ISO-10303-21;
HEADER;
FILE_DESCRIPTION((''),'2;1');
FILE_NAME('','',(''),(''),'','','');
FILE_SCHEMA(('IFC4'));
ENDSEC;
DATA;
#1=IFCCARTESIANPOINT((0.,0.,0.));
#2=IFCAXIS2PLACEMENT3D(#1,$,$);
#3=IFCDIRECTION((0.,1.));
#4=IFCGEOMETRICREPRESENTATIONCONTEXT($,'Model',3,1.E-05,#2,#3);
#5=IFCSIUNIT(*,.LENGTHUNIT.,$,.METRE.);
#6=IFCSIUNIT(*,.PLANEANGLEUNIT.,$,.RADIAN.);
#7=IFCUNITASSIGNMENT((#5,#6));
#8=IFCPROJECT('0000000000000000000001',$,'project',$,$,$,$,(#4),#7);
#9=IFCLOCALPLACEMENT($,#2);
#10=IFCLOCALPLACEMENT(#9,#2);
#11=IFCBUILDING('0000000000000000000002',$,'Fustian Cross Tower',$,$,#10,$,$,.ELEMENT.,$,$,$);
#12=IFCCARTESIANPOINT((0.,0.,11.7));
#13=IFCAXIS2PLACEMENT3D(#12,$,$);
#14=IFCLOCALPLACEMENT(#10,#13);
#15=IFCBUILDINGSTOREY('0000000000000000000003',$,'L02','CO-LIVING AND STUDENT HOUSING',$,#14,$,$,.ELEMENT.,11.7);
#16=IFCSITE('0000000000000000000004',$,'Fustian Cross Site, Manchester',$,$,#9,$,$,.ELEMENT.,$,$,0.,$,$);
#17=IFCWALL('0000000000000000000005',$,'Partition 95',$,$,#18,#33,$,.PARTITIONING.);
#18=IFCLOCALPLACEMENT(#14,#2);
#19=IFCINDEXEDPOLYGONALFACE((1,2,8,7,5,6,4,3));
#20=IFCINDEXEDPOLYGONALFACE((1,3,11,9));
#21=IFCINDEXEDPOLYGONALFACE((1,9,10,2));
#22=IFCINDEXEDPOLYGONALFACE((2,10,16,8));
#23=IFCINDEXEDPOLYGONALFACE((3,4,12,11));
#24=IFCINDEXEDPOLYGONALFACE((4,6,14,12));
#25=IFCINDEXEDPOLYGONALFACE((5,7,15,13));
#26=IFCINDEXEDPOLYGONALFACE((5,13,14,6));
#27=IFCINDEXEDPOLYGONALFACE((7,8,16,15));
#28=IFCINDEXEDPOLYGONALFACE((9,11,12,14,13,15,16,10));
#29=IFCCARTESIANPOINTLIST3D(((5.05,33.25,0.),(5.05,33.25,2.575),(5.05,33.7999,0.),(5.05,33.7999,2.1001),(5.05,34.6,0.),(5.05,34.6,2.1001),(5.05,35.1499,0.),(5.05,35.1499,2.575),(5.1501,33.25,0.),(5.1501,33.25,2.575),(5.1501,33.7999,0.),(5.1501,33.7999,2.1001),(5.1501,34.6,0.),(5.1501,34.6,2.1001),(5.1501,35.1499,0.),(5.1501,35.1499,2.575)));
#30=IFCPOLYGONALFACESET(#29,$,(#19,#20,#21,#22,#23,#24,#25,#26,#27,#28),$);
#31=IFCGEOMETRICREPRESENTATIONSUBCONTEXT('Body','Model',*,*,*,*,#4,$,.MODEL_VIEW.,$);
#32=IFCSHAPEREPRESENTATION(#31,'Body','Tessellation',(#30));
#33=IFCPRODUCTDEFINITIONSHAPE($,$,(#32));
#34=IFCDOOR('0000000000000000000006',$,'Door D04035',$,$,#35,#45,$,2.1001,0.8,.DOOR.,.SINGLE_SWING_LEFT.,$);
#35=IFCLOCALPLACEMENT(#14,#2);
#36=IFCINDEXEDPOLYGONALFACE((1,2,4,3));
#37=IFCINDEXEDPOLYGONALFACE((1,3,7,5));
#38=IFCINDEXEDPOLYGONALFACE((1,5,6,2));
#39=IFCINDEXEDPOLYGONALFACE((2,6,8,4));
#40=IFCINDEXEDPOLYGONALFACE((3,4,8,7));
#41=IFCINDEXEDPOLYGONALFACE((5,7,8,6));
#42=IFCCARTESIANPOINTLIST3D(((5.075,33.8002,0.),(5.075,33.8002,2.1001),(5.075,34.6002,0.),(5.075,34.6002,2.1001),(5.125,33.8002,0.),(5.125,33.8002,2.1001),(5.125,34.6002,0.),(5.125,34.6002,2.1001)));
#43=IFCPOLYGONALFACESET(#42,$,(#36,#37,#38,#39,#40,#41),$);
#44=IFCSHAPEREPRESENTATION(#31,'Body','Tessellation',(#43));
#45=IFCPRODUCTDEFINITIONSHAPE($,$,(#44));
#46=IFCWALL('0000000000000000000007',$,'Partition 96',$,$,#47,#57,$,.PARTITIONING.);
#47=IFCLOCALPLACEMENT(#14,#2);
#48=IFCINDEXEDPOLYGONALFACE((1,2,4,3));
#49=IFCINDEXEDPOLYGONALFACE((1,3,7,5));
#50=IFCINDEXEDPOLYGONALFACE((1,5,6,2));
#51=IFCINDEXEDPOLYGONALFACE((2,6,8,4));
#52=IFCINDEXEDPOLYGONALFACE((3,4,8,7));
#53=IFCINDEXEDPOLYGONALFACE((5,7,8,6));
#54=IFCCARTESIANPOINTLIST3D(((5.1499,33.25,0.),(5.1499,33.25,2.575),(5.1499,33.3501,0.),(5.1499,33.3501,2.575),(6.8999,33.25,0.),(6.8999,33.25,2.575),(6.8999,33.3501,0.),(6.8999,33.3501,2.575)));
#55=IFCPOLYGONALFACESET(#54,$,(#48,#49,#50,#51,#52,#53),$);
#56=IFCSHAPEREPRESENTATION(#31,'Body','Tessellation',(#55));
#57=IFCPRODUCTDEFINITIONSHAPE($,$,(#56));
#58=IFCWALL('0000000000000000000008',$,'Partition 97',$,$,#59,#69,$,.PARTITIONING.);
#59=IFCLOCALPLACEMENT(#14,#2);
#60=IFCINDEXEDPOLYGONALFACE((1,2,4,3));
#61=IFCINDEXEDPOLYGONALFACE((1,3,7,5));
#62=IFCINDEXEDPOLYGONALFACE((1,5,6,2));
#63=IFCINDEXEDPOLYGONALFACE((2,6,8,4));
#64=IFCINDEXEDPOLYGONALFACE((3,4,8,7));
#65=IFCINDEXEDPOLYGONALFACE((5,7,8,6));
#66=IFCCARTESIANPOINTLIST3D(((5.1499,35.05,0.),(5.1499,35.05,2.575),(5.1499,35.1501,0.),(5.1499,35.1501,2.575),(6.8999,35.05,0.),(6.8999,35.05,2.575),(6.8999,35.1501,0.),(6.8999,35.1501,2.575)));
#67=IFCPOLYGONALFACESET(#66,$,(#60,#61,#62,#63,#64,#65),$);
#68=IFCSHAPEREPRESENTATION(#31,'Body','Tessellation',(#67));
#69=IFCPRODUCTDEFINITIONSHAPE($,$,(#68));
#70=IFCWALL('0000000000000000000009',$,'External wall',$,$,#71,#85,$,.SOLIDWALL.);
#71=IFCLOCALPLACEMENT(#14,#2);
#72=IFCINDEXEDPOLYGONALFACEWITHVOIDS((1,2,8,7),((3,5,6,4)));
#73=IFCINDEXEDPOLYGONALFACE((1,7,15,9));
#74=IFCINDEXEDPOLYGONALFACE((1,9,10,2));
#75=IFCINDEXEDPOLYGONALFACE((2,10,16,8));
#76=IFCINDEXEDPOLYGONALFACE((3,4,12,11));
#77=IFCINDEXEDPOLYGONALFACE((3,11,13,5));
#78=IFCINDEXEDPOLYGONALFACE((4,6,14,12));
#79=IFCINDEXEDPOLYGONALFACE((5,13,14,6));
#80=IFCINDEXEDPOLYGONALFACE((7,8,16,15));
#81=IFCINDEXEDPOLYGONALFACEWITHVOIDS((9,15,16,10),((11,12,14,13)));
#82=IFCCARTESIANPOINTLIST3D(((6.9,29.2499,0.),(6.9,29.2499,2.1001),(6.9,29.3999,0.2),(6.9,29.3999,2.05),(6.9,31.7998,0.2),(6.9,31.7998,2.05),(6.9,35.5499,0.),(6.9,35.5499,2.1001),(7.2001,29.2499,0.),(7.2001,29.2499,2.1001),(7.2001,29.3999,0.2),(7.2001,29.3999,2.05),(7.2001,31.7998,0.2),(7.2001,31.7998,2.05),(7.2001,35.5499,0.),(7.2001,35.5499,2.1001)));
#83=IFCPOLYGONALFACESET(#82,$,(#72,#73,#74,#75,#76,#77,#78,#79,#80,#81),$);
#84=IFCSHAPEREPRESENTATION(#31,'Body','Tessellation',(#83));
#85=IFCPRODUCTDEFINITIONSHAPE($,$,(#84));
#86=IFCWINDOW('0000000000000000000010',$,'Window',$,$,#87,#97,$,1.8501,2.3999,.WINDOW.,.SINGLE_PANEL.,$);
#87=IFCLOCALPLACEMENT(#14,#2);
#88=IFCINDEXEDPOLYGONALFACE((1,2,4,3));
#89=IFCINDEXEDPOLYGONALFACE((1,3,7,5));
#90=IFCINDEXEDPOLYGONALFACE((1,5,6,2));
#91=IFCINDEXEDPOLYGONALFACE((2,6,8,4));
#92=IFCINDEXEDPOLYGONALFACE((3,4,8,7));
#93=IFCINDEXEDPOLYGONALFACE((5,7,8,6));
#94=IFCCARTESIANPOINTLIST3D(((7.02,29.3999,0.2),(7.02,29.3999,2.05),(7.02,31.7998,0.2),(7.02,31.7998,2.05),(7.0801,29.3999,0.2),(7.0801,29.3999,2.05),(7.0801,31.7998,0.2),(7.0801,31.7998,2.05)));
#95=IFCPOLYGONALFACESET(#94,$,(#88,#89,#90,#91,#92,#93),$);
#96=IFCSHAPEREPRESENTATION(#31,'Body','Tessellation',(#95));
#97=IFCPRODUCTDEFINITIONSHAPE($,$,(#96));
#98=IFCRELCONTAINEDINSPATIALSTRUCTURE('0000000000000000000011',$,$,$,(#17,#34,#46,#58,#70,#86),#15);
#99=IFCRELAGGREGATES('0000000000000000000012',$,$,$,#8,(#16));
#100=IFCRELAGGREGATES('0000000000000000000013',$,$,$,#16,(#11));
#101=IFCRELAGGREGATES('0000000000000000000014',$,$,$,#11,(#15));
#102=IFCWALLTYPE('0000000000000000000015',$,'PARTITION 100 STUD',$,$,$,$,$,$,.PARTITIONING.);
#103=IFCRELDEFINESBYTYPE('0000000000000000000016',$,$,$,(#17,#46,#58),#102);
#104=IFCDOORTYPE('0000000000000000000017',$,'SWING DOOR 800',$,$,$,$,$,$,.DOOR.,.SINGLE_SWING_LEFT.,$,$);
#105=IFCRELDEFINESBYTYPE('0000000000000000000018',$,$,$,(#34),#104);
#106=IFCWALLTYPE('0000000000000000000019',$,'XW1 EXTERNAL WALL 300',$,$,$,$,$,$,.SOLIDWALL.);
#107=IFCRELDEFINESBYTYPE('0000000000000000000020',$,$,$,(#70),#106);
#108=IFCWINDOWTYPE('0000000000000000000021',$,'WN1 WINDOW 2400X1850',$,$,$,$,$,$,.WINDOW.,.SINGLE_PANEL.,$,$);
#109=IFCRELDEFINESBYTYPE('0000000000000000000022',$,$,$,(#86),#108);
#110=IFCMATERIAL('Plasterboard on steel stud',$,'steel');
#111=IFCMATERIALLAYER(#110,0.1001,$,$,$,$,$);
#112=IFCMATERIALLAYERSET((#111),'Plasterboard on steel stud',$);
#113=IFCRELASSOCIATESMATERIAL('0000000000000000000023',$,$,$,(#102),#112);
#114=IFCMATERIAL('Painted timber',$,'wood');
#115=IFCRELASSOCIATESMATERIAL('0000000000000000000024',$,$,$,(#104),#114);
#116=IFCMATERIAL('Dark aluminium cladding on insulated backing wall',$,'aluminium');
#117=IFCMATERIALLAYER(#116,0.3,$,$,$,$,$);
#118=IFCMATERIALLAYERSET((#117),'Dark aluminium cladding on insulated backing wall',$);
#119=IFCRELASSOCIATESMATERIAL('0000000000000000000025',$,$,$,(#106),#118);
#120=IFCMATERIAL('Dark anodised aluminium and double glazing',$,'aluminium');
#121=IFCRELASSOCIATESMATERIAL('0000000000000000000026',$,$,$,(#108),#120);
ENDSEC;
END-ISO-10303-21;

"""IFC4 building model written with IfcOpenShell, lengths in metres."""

from ifc_helpers import new_model, si_unit, direction, frame, frame_2d, origin, place, context, subcontext, project, spatial, rectangle, extrude, material, layer, layer_set, type_object, element, fill, save


model = new_model("IFC4")

# Units and contexts
model_context = context("Model", 3, precision=1e-05, world=origin(), true_north=direction((0.0, 1.0)))
body_context = subcontext(model_context, "Body", "Model", "MODEL_VIEW")
ifc_project = project(units=[si_unit("LENGTHUNIT", "METRE"), si_unit("PLANEANGLEUNIT", "RADIAN")], contexts=[model_context])

# Site, building, storey
site_placement = place(None, origin())
site = spatial("IfcSite", under=ifc_project, at=site_placement, Name="Fustian Cross Site, Manchester", CompositionType="ELEMENT", RefElevation=0.0)
building_placement = place(site_placement, origin())
building = spatial("IfcBuilding", under=site, at=building_placement, Name="Fustian Cross Tower", CompositionType="ELEMENT")
storey_placement = place(building_placement, frame((0.0, 0.0, 11.7)))
storey = spatial("IfcBuildingStorey", under=building, at=storey_placement, Name="L02", Description="CO-LIVING AND STUDENT HOUSING", CompositionType="ELEMENT", Elevation=11.7)

# Shared definitions
ifc_material_1 = material(Name="Plasterboard on steel stud", Category="steel")
ifc_layer_1 = layer(ifc_material_1, 0.1001)
ifc_layer_set_1 = layer_set([ifc_layer_1], Name="Plasterboard on steel stud")
wall_type_1 = type_object("IfcWallType", Name="PARTITION 100 STUD", PredefinedType="PARTITIONING", material=ifc_layer_set_1)

# Shared definitions
ifc_material_2 = material(Name="Painted timber", Category="wood")
door_type_1 = type_object("IfcDoorType", Name="SWING DOOR 800", OperationType="SINGLE_SWING_LEFT", PredefinedType="DOOR", material=ifc_material_2)

# Wall, opening, door
wall_1_placement = place(storey_placement, frame((5.1001, 33.25, 0.0), z_axis=(0.0, 0.0, 1.0), x_axis=(0.0, 1.0, 0.0)))
wall_1 = element("IfcWall", 1, at=wall_1_placement, inside=storey, type_object=wall_type_1, Name="Partition 95", PredefinedType="PARTITIONING", context=body_context, shape_type="SweptSolid", body=[
    extrude(rectangle(XDim=1.8999, YDim=0.1001, at=frame_2d((0.95, 0.0))), origin(), (0.0, 0.0, 1.0), 2.575),
])
opening_1_placement = place(wall_1_placement, frame((0.55, 0.0, 0.0)))
opening_1 = element("IfcOpeningElement", 2, at=opening_1_placement, cuts=wall_1, PredefinedType="OPENING", context=body_context, shape_type="SweptSolid", body=[
    extrude(rectangle(XDim=0.8, YDim=2.1001, at=frame_2d((0.3999, 1.05))), frame((0.0, 0.0601, 0.0), z_axis=(0.0, -1.0, 0.0), x_axis=(1.0, 0.0, 0.0)), (0.0, 0.0, 1.0), 0.1201),
])
door_1_placement = place(opening_1_placement, frame((0.8, 0.0, 0.0), z_axis=(0.0, 0.0, 1.0), x_axis=(-1.0, 0.0, 0.0)))
door_1 = element("IfcDoor", 3, at=door_1_placement, inside=storey, type_object=door_type_1, Name="Door D04035", OperationType="SINGLE_SWING_LEFT", OverallHeight=2.1001, OverallWidth=0.8, PredefinedType="DOOR", context=body_context, shape_type="SweptSolid", body=[
    extrude(rectangle(XDim=0.8, YDim=2.1001, at=frame_2d((0.3999, 1.05))), frame((0.0, 0.0249, 0.0), z_axis=(0.0, -1.0, 0.0), x_axis=(1.0, 0.0, 0.0)), (0.0, 0.0, 1.0), 0.05),
])
fill(opening_1, door_1)

# Walls
for number, where, z_axis, x_axis, name in (
    (4, (5.1499, 33.3, 0.0), (0.0, 0.0, 1.0), (1.0, 0.0, 0.0), "Partition 96"),
    (5, (5.1499, 35.1001, 0.0), (0.0, 0.0, 1.0), (1.0, 0.0, 0.0), "Partition 97"),
):
    element("IfcWall", number, at=place(storey_placement, frame(where, z_axis=z_axis, x_axis=x_axis)), inside=storey, type_object=wall_type_1, Name=name, PredefinedType="PARTITIONING", context=body_context, shape_type="SweptSolid", body=[
        extrude(rectangle(XDim=1.75, YDim=0.1001, at=frame_2d((0.875, 0.0))), origin(), (0.0, 0.0, 1.0), 2.575),
    ])

# Wall, opening, window
ifc_material_3 = material(Name="Dark aluminium cladding on insulated backing wall", Category="aluminium")
ifc_layer_2 = layer(ifc_material_3, 0.3)
ifc_layer_set_2 = layer_set([ifc_layer_2], Name="Dark aluminium cladding on insulated backing wall")
wall_type_2 = type_object("IfcWallType", Name="XW1 EXTERNAL WALL 300", PredefinedType="SOLIDWALL", material=ifc_layer_set_2)
wall_2_placement = place(storey_placement, frame((7.05, 29.25, 0.0), z_axis=(0.0, 0.0, 1.0), x_axis=(0.0, 1.0, 0.0)))
wall_2 = element("IfcWall", 6, at=wall_2_placement, inside=storey, type_object=wall_type_2, Name="External wall", PredefinedType="SOLIDWALL", context=body_context, shape_type="SweptSolid", body=[
    extrude(rectangle(XDim=6.3, YDim=0.3, at=frame_2d((3.1499, 0.0))), origin(), (0.0, 0.0, 1.0), 2.1001),
])
opening_2_placement = place(wall_2_placement, frame((0.1499, 0.0, 0.2)))
opening_2 = element("IfcOpeningElement", 7, at=opening_2_placement, cuts=wall_2, PredefinedType="OPENING", context=body_context, shape_type="SweptSolid", body=[
    extrude(rectangle(XDim=2.3999, YDim=1.8501, at=frame_2d((1.2, 0.925))), frame((0.0, 0.1599, 0.0), z_axis=(0.0, -1.0, 0.0), x_axis=(1.0, 0.0, 0.0)), (0.0, 0.0, 1.0), 0.3201),
])
ifc_material_4 = material(Name="Dark anodised aluminium and double glazing", Category="aluminium")
window_type = type_object("IfcWindowType", Name="WN1 WINDOW 2400X1850", PartitioningType="SINGLE_PANEL", PredefinedType="WINDOW", material=ifc_material_4)
window_placement = place(opening_2_placement, origin())
window = element("IfcWindow", 8, at=window_placement, inside=storey, type_object=window_type, Name="Window", OverallHeight=1.8501, OverallWidth=2.3999, PartitioningType="SINGLE_PANEL", PredefinedType="WINDOW", context=body_context, shape_type="SweptSolid", body=[
    extrude(rectangle(XDim=2.3999, YDim=1.8501, at=frame_2d((1.2, 0.925))), frame((0.0, 0.03, 0.0), z_axis=(0.0, -1.0, 0.0), x_axis=(1.0, 0.0, 0.0)), (0.0, 0.0, 1.0), 0.0601),
])
fill(opening_2, window)

save(model, "model.ifc")
